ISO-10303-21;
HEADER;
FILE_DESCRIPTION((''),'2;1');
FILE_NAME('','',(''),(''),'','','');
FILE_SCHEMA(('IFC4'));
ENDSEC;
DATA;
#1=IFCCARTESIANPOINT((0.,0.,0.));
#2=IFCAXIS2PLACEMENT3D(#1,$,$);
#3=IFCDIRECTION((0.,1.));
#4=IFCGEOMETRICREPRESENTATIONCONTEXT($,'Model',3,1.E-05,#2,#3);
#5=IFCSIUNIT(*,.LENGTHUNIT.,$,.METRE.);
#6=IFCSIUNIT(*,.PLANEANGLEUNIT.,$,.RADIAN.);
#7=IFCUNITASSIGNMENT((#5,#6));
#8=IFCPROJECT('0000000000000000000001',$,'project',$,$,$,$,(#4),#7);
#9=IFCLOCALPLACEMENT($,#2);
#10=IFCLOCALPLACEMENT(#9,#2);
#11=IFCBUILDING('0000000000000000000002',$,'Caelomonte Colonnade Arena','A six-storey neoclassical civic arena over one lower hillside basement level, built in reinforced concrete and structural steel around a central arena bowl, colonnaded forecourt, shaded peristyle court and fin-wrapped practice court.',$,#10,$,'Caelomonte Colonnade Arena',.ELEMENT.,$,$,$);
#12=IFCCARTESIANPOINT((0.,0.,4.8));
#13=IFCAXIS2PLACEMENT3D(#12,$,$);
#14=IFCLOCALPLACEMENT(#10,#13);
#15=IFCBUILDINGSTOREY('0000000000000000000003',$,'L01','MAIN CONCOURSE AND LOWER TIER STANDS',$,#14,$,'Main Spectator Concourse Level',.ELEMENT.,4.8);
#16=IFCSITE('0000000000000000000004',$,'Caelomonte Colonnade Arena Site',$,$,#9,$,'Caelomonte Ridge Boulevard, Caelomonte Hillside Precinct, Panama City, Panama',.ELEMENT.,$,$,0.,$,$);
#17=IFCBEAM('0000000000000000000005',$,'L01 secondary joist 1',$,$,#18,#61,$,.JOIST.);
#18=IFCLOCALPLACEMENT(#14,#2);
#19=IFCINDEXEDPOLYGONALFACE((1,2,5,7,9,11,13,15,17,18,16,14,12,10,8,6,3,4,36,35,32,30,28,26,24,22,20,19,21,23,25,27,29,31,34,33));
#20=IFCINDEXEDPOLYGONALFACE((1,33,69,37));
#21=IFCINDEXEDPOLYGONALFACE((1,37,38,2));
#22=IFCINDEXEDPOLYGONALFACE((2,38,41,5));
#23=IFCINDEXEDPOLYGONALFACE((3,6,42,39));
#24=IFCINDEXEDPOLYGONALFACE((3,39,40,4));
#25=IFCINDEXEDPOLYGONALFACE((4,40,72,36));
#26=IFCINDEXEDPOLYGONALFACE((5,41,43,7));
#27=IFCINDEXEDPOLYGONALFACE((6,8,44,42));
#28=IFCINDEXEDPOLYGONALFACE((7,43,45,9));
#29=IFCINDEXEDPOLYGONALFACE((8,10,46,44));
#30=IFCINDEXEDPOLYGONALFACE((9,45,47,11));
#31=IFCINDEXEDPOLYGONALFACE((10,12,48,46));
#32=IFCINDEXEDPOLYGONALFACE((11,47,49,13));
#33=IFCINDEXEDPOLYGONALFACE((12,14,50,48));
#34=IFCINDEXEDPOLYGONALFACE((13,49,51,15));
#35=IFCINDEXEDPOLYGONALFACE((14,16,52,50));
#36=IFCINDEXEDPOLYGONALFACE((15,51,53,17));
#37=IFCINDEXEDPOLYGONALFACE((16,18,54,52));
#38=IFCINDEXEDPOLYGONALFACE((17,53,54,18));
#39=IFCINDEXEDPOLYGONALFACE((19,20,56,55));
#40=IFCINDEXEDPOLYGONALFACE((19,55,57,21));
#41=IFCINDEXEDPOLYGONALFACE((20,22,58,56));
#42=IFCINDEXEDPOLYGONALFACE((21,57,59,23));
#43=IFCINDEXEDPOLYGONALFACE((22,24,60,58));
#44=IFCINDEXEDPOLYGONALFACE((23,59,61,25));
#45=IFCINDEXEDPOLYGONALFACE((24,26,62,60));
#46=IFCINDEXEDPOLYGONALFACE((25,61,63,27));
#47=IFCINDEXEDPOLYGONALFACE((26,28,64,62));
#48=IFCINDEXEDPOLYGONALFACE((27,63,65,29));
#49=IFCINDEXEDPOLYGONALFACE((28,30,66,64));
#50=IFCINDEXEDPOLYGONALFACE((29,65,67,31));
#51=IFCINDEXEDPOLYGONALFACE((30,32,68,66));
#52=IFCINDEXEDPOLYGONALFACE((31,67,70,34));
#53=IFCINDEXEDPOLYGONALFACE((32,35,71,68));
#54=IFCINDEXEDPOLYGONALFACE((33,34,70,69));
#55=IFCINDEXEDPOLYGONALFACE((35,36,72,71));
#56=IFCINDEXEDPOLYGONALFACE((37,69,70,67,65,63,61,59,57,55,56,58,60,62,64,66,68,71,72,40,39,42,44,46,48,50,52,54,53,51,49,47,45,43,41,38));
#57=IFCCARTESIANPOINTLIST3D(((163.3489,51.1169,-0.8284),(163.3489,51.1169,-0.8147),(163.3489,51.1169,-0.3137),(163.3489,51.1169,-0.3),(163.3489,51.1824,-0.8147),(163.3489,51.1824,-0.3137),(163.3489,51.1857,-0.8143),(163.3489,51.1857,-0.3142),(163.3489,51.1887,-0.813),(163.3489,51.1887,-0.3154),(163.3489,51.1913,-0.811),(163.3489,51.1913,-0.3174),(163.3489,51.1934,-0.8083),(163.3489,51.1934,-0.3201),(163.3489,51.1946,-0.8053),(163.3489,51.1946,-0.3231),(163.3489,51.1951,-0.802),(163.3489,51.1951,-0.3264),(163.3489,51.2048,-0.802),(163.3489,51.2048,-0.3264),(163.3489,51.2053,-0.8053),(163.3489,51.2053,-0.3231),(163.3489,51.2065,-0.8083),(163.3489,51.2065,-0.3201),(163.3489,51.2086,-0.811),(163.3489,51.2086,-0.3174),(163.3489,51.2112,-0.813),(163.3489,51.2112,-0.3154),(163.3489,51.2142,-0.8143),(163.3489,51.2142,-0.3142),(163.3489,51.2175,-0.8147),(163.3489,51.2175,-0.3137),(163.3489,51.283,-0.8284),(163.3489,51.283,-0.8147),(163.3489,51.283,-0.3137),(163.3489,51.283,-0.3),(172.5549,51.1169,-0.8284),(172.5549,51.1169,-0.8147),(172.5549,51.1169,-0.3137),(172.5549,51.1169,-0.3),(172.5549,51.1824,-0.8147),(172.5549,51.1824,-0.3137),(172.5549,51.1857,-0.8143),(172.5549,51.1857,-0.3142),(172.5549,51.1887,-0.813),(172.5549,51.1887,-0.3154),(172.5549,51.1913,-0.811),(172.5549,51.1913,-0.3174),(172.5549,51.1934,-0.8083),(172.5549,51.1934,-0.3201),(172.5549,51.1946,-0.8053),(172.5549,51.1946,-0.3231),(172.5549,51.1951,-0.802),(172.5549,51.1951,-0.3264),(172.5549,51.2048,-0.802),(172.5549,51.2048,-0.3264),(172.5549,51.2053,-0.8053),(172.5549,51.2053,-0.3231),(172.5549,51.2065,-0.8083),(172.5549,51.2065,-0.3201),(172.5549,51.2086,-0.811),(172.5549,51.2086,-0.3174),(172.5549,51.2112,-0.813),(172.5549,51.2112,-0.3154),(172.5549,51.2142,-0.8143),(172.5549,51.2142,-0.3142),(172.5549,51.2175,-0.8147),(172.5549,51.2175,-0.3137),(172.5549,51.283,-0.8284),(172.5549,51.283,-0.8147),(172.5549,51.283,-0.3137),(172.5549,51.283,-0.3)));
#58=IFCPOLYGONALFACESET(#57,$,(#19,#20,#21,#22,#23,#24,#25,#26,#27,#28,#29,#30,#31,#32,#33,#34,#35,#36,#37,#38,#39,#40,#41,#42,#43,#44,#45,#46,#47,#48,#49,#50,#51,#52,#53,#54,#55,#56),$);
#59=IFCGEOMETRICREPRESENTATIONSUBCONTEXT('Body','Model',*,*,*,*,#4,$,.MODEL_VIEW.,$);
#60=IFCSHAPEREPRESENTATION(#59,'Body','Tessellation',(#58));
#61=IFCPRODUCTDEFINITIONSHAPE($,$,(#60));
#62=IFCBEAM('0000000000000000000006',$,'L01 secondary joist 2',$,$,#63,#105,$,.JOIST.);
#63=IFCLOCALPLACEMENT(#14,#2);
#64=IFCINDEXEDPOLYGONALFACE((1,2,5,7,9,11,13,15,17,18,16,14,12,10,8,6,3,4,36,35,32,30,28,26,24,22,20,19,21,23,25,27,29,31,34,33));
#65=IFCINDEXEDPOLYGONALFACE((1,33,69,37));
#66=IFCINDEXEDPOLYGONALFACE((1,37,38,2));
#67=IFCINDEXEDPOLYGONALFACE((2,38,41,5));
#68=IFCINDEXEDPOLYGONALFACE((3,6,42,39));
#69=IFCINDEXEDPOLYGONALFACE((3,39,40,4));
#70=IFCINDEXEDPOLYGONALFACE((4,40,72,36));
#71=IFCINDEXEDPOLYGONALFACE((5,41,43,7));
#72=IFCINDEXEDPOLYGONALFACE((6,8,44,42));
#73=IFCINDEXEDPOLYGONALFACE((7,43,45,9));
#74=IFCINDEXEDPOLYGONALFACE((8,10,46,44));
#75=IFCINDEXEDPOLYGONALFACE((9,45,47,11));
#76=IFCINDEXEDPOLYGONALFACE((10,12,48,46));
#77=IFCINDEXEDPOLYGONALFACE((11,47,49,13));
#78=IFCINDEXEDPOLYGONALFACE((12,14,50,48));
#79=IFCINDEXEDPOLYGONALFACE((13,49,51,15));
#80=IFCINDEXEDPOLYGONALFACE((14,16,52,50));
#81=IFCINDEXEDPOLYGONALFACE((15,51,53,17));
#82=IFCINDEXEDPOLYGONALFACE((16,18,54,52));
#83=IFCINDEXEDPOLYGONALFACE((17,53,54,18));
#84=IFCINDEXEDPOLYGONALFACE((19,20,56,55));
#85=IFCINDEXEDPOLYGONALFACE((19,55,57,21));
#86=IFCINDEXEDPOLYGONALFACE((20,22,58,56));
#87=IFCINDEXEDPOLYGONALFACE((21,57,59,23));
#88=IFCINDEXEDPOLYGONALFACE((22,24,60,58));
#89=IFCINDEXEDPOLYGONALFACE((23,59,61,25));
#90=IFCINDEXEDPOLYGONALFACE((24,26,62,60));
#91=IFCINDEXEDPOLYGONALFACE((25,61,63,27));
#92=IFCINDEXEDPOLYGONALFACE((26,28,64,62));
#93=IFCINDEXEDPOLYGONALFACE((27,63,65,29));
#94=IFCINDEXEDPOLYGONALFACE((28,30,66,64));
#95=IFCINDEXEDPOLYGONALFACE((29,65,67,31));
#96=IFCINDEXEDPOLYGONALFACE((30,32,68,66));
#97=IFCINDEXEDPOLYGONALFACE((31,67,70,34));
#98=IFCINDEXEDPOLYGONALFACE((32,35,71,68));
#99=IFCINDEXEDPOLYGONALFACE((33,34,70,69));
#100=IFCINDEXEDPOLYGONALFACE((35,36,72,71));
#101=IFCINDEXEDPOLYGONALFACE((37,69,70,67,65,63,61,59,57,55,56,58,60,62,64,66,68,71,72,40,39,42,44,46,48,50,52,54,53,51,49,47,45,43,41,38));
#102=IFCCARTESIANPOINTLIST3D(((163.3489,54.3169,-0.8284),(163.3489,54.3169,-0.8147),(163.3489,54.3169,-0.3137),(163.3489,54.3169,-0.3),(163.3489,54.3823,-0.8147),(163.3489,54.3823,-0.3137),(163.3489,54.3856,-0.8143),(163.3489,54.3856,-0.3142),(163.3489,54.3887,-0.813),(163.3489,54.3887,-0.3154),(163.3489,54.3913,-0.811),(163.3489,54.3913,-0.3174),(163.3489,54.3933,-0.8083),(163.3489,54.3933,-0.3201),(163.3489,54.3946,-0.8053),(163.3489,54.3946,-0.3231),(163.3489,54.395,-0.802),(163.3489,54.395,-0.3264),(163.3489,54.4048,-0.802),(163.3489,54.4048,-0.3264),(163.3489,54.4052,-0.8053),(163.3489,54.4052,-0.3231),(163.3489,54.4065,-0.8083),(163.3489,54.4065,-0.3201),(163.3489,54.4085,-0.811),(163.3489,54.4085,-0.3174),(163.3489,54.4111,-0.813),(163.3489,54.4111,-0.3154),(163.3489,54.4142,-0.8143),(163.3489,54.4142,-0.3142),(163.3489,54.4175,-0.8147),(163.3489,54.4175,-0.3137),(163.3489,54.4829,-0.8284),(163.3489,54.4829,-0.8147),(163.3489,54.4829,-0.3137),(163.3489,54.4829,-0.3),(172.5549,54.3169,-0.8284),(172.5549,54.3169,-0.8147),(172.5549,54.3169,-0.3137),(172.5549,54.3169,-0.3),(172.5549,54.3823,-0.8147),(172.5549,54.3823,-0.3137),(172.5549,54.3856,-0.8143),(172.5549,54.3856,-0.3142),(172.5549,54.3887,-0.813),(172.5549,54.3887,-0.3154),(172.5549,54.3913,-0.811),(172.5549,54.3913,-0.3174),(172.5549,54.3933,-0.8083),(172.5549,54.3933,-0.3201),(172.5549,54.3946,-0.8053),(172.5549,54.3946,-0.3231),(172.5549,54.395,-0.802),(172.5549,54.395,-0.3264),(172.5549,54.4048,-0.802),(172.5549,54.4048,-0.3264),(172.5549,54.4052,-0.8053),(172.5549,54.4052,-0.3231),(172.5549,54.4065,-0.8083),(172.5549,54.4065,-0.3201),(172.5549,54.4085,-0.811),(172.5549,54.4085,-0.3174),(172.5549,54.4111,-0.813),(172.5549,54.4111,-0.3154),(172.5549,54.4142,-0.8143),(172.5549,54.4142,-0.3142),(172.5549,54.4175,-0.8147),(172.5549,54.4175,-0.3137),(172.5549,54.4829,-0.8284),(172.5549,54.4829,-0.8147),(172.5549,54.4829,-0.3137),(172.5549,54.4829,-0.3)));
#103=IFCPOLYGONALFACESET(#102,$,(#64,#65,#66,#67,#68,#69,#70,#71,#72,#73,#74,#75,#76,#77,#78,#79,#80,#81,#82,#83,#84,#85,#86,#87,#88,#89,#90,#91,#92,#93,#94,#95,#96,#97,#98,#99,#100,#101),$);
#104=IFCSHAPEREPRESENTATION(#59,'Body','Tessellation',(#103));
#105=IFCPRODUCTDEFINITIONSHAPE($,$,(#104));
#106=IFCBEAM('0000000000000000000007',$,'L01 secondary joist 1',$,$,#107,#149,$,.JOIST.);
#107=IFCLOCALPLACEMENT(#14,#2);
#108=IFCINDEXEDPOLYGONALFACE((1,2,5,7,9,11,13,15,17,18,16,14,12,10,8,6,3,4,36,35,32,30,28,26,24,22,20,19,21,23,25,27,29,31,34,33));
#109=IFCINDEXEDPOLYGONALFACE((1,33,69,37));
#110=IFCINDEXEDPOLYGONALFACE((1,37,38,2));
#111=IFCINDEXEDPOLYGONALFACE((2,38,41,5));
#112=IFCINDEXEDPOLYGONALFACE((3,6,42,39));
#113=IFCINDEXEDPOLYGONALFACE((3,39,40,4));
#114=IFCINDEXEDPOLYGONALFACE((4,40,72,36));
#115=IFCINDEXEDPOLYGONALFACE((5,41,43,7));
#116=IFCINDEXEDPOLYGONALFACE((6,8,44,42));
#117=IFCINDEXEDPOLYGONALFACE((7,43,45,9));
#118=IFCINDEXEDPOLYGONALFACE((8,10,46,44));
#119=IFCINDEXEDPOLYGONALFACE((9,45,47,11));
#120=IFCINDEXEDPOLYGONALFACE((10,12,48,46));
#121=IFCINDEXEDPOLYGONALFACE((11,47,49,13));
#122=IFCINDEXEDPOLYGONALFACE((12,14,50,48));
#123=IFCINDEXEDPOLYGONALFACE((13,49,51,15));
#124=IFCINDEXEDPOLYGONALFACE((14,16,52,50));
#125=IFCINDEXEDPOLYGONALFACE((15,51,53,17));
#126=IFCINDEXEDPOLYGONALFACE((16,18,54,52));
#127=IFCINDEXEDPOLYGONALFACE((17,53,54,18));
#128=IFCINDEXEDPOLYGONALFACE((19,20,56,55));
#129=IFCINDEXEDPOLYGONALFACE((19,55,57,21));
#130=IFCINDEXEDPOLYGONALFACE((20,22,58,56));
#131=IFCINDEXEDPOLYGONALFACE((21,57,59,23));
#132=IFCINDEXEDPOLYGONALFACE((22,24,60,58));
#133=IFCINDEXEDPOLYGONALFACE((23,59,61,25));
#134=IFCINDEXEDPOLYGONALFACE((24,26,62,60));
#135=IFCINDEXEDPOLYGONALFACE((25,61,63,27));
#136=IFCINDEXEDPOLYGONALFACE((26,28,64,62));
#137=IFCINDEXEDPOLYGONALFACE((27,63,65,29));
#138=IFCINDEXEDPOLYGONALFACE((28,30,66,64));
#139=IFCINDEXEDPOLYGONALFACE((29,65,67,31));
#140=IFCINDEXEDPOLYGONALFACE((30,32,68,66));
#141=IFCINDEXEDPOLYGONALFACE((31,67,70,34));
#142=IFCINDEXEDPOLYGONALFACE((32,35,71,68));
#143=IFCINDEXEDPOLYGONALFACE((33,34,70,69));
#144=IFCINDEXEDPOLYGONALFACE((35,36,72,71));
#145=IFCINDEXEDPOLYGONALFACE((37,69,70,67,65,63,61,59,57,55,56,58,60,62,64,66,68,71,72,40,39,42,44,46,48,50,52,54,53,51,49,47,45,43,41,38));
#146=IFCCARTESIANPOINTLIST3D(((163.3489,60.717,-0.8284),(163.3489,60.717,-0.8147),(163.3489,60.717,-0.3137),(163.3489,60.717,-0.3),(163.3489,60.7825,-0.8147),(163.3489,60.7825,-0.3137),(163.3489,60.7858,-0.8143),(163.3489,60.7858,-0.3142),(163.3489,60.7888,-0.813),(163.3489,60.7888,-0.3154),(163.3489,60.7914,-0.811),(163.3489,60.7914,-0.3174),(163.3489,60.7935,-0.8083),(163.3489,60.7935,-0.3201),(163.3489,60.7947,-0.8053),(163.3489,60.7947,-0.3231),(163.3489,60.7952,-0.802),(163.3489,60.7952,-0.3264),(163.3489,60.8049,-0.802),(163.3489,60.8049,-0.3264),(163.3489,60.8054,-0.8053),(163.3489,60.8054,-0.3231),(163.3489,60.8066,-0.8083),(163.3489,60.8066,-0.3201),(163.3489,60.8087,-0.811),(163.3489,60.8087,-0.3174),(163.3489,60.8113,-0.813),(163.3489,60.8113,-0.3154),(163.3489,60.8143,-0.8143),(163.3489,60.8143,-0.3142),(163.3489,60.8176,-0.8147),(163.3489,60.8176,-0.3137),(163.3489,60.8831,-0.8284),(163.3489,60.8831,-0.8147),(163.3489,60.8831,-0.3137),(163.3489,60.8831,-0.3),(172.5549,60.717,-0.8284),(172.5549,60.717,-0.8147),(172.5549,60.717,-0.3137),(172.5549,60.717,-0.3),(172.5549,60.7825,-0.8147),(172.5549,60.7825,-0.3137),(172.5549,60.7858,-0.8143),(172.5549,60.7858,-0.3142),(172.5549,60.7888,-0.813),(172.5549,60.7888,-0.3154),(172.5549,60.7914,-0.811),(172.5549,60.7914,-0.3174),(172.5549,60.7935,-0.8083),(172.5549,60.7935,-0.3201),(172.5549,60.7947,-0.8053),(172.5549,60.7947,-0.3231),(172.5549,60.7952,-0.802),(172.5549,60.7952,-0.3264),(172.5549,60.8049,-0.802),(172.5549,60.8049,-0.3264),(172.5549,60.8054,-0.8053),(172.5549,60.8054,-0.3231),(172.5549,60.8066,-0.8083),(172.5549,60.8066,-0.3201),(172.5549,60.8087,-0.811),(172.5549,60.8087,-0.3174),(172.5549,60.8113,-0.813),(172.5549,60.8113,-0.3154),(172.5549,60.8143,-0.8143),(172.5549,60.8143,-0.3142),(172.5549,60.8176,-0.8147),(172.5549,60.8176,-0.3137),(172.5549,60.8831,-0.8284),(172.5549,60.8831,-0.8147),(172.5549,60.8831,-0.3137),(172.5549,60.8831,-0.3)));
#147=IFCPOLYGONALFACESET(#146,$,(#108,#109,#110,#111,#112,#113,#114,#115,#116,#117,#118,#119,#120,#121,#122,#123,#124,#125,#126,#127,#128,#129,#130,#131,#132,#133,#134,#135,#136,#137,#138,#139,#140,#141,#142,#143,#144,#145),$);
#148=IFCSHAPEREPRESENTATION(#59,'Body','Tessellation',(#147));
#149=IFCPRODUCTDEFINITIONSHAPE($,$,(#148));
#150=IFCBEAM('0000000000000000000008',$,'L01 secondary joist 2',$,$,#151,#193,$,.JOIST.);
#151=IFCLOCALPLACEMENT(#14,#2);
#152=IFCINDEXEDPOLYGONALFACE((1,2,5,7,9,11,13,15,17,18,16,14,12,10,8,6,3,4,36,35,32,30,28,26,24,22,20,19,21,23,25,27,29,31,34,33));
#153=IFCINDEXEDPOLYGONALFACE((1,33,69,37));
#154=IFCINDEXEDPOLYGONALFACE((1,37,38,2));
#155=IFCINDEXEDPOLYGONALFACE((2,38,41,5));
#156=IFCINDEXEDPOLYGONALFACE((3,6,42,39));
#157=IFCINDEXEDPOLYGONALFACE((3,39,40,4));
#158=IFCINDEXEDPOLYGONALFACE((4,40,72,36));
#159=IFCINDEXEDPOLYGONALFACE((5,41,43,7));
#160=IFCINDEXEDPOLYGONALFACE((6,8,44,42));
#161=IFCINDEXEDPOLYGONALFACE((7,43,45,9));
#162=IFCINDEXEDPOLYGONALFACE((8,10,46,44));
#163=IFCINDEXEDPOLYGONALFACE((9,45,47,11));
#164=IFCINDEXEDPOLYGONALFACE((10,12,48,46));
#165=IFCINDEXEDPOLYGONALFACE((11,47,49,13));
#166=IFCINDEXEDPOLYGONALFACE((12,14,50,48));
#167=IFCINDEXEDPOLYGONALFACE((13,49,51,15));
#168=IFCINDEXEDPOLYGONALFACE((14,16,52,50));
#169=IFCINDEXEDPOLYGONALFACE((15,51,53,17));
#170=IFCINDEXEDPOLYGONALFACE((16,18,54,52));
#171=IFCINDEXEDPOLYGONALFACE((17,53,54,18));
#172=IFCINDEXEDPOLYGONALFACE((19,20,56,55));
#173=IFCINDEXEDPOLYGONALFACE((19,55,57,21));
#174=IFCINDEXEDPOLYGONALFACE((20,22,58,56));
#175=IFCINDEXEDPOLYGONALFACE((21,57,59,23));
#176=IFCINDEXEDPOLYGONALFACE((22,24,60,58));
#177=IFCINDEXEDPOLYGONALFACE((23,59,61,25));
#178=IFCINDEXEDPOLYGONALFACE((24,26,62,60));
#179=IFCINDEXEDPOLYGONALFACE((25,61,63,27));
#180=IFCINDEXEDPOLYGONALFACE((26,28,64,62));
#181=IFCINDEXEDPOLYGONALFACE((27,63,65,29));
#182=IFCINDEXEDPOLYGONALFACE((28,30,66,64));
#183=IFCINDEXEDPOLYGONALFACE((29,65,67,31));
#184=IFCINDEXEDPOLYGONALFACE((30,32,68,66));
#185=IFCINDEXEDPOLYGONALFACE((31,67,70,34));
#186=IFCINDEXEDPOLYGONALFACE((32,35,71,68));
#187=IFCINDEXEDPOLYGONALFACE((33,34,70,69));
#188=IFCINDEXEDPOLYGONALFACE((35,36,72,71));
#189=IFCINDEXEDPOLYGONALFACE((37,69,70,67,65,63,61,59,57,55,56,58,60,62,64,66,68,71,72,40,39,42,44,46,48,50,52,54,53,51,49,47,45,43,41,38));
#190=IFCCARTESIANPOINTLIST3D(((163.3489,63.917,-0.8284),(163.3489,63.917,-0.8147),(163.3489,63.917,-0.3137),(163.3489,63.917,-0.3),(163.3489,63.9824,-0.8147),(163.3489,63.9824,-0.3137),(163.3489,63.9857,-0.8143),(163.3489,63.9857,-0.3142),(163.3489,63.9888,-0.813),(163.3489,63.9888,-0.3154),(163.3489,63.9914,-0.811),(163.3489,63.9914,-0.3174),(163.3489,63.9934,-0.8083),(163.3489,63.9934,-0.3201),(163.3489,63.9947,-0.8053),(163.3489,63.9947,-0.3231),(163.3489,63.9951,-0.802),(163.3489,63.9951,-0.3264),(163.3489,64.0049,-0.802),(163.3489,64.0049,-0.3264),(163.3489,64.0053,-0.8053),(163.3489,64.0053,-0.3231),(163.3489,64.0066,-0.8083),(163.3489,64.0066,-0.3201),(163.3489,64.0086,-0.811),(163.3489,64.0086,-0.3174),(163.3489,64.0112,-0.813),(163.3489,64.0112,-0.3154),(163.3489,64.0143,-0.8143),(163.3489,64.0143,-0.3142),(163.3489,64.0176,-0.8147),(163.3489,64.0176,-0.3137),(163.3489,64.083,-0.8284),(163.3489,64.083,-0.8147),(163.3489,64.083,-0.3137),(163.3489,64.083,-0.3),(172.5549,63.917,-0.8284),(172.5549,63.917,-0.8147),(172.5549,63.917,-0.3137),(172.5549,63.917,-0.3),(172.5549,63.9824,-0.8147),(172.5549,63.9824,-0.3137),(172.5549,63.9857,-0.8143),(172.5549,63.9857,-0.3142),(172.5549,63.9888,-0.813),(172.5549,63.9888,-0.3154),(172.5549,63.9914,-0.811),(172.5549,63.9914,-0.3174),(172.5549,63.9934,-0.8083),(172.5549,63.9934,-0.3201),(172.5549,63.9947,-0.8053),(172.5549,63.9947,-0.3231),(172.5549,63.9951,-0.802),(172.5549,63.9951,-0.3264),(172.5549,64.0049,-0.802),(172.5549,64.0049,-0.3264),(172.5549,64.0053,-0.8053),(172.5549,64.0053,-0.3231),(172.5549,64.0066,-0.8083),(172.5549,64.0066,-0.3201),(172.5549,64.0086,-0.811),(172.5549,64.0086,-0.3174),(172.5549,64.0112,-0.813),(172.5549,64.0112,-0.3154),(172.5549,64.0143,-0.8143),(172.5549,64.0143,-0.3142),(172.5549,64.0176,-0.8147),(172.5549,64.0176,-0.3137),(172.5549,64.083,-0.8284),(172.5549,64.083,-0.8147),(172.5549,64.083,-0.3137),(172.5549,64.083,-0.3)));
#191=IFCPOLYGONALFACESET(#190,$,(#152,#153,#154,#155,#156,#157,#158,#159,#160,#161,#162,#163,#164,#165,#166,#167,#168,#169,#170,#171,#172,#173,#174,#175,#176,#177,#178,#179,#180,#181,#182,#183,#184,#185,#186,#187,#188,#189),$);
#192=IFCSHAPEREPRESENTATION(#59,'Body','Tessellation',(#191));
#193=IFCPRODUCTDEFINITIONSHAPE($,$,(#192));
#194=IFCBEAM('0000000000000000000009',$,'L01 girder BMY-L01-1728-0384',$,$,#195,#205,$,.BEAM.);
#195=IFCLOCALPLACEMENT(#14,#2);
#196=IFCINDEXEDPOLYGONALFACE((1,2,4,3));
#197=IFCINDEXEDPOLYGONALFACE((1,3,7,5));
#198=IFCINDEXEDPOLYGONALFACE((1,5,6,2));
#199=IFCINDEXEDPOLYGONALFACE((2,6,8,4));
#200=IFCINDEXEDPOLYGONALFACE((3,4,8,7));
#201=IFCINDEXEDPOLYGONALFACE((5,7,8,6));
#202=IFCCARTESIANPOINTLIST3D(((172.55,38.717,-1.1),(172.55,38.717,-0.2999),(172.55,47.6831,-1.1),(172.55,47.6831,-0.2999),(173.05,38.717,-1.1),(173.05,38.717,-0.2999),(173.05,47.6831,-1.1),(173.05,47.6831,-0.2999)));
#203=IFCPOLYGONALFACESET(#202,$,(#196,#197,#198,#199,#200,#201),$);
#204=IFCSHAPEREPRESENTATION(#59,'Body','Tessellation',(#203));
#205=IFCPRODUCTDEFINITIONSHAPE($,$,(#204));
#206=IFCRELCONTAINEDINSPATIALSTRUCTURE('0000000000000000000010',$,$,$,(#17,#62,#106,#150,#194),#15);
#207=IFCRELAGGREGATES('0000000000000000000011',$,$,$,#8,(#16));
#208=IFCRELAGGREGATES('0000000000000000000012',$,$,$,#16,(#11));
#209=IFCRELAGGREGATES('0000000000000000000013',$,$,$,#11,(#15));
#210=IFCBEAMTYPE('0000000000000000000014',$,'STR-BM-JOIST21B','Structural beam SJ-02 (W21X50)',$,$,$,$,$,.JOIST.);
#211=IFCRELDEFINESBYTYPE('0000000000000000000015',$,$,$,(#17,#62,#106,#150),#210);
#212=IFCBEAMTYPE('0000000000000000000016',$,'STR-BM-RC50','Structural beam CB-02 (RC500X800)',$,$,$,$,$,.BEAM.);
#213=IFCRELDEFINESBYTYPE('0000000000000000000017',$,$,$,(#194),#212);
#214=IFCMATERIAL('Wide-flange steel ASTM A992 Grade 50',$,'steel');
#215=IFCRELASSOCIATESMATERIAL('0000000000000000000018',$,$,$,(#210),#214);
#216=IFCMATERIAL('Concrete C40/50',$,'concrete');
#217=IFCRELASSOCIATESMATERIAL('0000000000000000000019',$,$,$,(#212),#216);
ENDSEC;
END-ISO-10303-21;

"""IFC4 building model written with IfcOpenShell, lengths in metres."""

from ifc_helpers import new_model, si_unit, direction, frame, origin, origin_2d, place, context, subcontext, project, spatial, rectangle, i_section, extrude, material, material_profile, profile_set, type_object, element, save


model = new_model("IFC4")

# Units and contexts
model_context = context("Model", 3, precision=1e-05, world=origin(), true_north=direction((0.0, 1.0)))
body_context = subcontext(model_context, "Body", "Model", "MODEL_VIEW")
ifc_project = project(units=[si_unit("LENGTHUNIT", "METRE"), si_unit("PLANEANGLEUNIT", "RADIAN")], contexts=[model_context])

# Site, building, storey
site_placement = place(None, origin())
site = spatial("IfcSite", under=ifc_project, at=site_placement, Name="Caelomonte Colonnade Arena Site", LongName="Caelomonte Ridge Boulevard, Caelomonte Hillside Precinct, Panama City, Panama", CompositionType="ELEMENT", RefElevation=0.0)
building_placement = place(site_placement, origin())
building = spatial("IfcBuilding", under=site, at=building_placement, Name="Caelomonte Colonnade Arena", Description="A six-storey neoclassical civic arena over one lower hillside basement level, built in reinforced concrete and structural steel around a central arena bowl, colonnaded forecourt, shaded peristyle court and fin-wrapped practice court.", LongName="Caelomonte Colonnade Arena", CompositionType="ELEMENT")
storey_placement = place(building_placement, frame((0.0, 0.0, 4.8)))
storey = spatial("IfcBuildingStorey", under=building, at=storey_placement, Name="L01", Description="MAIN CONCOURSE AND LOWER TIER STANDS", LongName="Main Spectator Concourse Level", CompositionType="ELEMENT", Elevation=4.8)

# Shared definitions
ifc_material_1 = material(Name="Concrete C40/50", Category="concrete")
ifc_material_2 = material(Name="Wide-flange steel ASTM A992 Grade 50", Category="steel")

# Beams
ifc_material_profile_1 = material_profile(ifc_material_2, i_section(OverallWidth=0.166, OverallDepth=0.5283, WebThickness=0.0098, FlangeThickness=0.0137, FilletRadius=0.0127, at=origin_2d()), Name="W21X50")
ifc_profile_set_1 = profile_set([ifc_material_profile_1], Name="Wide-flange steel ASTM A992 Grade 50")
beam_type_1 = type_object("IfcBeamType", Name="STR-BM-JOIST21B", Description="Structural beam SJ-02 (W21X50)", PredefinedType="JOIST", material=ifc_profile_set_1)
for number, where, z_axis, x_axis, name in (
    (1, (163.3489, 51.2, -0.5642), (1.0, 0.0, 0.0), (0.0, 1.0, 0.0), "L01 secondary joist 1"),
    (2, (163.3489, 54.3999, -0.5642), (1.0, 0.0, 0.0), (0.0, 1.0, 0.0), "L01 secondary joist 2"),
    (3, (163.3489, 60.8, -0.5642), (1.0, 0.0, 0.0), (0.0, 1.0, 0.0), "L01 secondary joist 1"),
    (4, (163.3489, 64.0, -0.5642), (1.0, 0.0, 0.0), (0.0, 1.0, 0.0), "L01 secondary joist 2"),
):
    element("IfcBeam", number, at=place(storey_placement, frame(where, z_axis=z_axis, x_axis=x_axis)), inside=storey, type_object=beam_type_1, Name=name, PredefinedType="JOIST", context=body_context, shape_type="SweptSolid", body=[
        extrude(i_section(OverallWidth=0.166, OverallDepth=0.5283, WebThickness=0.0098, FlangeThickness=0.0137, FilletRadius=0.0127, at=origin_2d()), origin(), (0.0, 0.0, 1.0), 9.2061),
    ])
ifc_material_profile_2 = material_profile(ifc_material_1, rectangle(XDim=0.5, YDim=0.8, at=origin_2d()), Name="RC500X800")
ifc_profile_set_2 = profile_set([ifc_material_profile_2], Name="Concrete C40/50")
beam_type_2 = type_object("IfcBeamType", Name="STR-BM-RC50", Description="Structural beam CB-02 (RC500X800)", PredefinedType="BEAM", material=ifc_profile_set_2)
beam_1_placement = place(storey_placement, frame((172.8, 38.717, -0.7), z_axis=(0.0, 1.0, 0.0), x_axis=(-1.0, 0.0, 0.0)))
element("IfcBeam", 5, at=beam_1_placement, inside=storey, type_object=beam_type_2, Name="L01 girder BMY-L01-1728-0384", PredefinedType="BEAM", context=body_context, shape_type="SweptSolid", body=[
    extrude(rectangle(XDim=0.5, YDim=0.8, at=origin_2d()), origin(), (0.0, 0.0, 1.0), 8.9661),
])

save(model, "model.ifc")
